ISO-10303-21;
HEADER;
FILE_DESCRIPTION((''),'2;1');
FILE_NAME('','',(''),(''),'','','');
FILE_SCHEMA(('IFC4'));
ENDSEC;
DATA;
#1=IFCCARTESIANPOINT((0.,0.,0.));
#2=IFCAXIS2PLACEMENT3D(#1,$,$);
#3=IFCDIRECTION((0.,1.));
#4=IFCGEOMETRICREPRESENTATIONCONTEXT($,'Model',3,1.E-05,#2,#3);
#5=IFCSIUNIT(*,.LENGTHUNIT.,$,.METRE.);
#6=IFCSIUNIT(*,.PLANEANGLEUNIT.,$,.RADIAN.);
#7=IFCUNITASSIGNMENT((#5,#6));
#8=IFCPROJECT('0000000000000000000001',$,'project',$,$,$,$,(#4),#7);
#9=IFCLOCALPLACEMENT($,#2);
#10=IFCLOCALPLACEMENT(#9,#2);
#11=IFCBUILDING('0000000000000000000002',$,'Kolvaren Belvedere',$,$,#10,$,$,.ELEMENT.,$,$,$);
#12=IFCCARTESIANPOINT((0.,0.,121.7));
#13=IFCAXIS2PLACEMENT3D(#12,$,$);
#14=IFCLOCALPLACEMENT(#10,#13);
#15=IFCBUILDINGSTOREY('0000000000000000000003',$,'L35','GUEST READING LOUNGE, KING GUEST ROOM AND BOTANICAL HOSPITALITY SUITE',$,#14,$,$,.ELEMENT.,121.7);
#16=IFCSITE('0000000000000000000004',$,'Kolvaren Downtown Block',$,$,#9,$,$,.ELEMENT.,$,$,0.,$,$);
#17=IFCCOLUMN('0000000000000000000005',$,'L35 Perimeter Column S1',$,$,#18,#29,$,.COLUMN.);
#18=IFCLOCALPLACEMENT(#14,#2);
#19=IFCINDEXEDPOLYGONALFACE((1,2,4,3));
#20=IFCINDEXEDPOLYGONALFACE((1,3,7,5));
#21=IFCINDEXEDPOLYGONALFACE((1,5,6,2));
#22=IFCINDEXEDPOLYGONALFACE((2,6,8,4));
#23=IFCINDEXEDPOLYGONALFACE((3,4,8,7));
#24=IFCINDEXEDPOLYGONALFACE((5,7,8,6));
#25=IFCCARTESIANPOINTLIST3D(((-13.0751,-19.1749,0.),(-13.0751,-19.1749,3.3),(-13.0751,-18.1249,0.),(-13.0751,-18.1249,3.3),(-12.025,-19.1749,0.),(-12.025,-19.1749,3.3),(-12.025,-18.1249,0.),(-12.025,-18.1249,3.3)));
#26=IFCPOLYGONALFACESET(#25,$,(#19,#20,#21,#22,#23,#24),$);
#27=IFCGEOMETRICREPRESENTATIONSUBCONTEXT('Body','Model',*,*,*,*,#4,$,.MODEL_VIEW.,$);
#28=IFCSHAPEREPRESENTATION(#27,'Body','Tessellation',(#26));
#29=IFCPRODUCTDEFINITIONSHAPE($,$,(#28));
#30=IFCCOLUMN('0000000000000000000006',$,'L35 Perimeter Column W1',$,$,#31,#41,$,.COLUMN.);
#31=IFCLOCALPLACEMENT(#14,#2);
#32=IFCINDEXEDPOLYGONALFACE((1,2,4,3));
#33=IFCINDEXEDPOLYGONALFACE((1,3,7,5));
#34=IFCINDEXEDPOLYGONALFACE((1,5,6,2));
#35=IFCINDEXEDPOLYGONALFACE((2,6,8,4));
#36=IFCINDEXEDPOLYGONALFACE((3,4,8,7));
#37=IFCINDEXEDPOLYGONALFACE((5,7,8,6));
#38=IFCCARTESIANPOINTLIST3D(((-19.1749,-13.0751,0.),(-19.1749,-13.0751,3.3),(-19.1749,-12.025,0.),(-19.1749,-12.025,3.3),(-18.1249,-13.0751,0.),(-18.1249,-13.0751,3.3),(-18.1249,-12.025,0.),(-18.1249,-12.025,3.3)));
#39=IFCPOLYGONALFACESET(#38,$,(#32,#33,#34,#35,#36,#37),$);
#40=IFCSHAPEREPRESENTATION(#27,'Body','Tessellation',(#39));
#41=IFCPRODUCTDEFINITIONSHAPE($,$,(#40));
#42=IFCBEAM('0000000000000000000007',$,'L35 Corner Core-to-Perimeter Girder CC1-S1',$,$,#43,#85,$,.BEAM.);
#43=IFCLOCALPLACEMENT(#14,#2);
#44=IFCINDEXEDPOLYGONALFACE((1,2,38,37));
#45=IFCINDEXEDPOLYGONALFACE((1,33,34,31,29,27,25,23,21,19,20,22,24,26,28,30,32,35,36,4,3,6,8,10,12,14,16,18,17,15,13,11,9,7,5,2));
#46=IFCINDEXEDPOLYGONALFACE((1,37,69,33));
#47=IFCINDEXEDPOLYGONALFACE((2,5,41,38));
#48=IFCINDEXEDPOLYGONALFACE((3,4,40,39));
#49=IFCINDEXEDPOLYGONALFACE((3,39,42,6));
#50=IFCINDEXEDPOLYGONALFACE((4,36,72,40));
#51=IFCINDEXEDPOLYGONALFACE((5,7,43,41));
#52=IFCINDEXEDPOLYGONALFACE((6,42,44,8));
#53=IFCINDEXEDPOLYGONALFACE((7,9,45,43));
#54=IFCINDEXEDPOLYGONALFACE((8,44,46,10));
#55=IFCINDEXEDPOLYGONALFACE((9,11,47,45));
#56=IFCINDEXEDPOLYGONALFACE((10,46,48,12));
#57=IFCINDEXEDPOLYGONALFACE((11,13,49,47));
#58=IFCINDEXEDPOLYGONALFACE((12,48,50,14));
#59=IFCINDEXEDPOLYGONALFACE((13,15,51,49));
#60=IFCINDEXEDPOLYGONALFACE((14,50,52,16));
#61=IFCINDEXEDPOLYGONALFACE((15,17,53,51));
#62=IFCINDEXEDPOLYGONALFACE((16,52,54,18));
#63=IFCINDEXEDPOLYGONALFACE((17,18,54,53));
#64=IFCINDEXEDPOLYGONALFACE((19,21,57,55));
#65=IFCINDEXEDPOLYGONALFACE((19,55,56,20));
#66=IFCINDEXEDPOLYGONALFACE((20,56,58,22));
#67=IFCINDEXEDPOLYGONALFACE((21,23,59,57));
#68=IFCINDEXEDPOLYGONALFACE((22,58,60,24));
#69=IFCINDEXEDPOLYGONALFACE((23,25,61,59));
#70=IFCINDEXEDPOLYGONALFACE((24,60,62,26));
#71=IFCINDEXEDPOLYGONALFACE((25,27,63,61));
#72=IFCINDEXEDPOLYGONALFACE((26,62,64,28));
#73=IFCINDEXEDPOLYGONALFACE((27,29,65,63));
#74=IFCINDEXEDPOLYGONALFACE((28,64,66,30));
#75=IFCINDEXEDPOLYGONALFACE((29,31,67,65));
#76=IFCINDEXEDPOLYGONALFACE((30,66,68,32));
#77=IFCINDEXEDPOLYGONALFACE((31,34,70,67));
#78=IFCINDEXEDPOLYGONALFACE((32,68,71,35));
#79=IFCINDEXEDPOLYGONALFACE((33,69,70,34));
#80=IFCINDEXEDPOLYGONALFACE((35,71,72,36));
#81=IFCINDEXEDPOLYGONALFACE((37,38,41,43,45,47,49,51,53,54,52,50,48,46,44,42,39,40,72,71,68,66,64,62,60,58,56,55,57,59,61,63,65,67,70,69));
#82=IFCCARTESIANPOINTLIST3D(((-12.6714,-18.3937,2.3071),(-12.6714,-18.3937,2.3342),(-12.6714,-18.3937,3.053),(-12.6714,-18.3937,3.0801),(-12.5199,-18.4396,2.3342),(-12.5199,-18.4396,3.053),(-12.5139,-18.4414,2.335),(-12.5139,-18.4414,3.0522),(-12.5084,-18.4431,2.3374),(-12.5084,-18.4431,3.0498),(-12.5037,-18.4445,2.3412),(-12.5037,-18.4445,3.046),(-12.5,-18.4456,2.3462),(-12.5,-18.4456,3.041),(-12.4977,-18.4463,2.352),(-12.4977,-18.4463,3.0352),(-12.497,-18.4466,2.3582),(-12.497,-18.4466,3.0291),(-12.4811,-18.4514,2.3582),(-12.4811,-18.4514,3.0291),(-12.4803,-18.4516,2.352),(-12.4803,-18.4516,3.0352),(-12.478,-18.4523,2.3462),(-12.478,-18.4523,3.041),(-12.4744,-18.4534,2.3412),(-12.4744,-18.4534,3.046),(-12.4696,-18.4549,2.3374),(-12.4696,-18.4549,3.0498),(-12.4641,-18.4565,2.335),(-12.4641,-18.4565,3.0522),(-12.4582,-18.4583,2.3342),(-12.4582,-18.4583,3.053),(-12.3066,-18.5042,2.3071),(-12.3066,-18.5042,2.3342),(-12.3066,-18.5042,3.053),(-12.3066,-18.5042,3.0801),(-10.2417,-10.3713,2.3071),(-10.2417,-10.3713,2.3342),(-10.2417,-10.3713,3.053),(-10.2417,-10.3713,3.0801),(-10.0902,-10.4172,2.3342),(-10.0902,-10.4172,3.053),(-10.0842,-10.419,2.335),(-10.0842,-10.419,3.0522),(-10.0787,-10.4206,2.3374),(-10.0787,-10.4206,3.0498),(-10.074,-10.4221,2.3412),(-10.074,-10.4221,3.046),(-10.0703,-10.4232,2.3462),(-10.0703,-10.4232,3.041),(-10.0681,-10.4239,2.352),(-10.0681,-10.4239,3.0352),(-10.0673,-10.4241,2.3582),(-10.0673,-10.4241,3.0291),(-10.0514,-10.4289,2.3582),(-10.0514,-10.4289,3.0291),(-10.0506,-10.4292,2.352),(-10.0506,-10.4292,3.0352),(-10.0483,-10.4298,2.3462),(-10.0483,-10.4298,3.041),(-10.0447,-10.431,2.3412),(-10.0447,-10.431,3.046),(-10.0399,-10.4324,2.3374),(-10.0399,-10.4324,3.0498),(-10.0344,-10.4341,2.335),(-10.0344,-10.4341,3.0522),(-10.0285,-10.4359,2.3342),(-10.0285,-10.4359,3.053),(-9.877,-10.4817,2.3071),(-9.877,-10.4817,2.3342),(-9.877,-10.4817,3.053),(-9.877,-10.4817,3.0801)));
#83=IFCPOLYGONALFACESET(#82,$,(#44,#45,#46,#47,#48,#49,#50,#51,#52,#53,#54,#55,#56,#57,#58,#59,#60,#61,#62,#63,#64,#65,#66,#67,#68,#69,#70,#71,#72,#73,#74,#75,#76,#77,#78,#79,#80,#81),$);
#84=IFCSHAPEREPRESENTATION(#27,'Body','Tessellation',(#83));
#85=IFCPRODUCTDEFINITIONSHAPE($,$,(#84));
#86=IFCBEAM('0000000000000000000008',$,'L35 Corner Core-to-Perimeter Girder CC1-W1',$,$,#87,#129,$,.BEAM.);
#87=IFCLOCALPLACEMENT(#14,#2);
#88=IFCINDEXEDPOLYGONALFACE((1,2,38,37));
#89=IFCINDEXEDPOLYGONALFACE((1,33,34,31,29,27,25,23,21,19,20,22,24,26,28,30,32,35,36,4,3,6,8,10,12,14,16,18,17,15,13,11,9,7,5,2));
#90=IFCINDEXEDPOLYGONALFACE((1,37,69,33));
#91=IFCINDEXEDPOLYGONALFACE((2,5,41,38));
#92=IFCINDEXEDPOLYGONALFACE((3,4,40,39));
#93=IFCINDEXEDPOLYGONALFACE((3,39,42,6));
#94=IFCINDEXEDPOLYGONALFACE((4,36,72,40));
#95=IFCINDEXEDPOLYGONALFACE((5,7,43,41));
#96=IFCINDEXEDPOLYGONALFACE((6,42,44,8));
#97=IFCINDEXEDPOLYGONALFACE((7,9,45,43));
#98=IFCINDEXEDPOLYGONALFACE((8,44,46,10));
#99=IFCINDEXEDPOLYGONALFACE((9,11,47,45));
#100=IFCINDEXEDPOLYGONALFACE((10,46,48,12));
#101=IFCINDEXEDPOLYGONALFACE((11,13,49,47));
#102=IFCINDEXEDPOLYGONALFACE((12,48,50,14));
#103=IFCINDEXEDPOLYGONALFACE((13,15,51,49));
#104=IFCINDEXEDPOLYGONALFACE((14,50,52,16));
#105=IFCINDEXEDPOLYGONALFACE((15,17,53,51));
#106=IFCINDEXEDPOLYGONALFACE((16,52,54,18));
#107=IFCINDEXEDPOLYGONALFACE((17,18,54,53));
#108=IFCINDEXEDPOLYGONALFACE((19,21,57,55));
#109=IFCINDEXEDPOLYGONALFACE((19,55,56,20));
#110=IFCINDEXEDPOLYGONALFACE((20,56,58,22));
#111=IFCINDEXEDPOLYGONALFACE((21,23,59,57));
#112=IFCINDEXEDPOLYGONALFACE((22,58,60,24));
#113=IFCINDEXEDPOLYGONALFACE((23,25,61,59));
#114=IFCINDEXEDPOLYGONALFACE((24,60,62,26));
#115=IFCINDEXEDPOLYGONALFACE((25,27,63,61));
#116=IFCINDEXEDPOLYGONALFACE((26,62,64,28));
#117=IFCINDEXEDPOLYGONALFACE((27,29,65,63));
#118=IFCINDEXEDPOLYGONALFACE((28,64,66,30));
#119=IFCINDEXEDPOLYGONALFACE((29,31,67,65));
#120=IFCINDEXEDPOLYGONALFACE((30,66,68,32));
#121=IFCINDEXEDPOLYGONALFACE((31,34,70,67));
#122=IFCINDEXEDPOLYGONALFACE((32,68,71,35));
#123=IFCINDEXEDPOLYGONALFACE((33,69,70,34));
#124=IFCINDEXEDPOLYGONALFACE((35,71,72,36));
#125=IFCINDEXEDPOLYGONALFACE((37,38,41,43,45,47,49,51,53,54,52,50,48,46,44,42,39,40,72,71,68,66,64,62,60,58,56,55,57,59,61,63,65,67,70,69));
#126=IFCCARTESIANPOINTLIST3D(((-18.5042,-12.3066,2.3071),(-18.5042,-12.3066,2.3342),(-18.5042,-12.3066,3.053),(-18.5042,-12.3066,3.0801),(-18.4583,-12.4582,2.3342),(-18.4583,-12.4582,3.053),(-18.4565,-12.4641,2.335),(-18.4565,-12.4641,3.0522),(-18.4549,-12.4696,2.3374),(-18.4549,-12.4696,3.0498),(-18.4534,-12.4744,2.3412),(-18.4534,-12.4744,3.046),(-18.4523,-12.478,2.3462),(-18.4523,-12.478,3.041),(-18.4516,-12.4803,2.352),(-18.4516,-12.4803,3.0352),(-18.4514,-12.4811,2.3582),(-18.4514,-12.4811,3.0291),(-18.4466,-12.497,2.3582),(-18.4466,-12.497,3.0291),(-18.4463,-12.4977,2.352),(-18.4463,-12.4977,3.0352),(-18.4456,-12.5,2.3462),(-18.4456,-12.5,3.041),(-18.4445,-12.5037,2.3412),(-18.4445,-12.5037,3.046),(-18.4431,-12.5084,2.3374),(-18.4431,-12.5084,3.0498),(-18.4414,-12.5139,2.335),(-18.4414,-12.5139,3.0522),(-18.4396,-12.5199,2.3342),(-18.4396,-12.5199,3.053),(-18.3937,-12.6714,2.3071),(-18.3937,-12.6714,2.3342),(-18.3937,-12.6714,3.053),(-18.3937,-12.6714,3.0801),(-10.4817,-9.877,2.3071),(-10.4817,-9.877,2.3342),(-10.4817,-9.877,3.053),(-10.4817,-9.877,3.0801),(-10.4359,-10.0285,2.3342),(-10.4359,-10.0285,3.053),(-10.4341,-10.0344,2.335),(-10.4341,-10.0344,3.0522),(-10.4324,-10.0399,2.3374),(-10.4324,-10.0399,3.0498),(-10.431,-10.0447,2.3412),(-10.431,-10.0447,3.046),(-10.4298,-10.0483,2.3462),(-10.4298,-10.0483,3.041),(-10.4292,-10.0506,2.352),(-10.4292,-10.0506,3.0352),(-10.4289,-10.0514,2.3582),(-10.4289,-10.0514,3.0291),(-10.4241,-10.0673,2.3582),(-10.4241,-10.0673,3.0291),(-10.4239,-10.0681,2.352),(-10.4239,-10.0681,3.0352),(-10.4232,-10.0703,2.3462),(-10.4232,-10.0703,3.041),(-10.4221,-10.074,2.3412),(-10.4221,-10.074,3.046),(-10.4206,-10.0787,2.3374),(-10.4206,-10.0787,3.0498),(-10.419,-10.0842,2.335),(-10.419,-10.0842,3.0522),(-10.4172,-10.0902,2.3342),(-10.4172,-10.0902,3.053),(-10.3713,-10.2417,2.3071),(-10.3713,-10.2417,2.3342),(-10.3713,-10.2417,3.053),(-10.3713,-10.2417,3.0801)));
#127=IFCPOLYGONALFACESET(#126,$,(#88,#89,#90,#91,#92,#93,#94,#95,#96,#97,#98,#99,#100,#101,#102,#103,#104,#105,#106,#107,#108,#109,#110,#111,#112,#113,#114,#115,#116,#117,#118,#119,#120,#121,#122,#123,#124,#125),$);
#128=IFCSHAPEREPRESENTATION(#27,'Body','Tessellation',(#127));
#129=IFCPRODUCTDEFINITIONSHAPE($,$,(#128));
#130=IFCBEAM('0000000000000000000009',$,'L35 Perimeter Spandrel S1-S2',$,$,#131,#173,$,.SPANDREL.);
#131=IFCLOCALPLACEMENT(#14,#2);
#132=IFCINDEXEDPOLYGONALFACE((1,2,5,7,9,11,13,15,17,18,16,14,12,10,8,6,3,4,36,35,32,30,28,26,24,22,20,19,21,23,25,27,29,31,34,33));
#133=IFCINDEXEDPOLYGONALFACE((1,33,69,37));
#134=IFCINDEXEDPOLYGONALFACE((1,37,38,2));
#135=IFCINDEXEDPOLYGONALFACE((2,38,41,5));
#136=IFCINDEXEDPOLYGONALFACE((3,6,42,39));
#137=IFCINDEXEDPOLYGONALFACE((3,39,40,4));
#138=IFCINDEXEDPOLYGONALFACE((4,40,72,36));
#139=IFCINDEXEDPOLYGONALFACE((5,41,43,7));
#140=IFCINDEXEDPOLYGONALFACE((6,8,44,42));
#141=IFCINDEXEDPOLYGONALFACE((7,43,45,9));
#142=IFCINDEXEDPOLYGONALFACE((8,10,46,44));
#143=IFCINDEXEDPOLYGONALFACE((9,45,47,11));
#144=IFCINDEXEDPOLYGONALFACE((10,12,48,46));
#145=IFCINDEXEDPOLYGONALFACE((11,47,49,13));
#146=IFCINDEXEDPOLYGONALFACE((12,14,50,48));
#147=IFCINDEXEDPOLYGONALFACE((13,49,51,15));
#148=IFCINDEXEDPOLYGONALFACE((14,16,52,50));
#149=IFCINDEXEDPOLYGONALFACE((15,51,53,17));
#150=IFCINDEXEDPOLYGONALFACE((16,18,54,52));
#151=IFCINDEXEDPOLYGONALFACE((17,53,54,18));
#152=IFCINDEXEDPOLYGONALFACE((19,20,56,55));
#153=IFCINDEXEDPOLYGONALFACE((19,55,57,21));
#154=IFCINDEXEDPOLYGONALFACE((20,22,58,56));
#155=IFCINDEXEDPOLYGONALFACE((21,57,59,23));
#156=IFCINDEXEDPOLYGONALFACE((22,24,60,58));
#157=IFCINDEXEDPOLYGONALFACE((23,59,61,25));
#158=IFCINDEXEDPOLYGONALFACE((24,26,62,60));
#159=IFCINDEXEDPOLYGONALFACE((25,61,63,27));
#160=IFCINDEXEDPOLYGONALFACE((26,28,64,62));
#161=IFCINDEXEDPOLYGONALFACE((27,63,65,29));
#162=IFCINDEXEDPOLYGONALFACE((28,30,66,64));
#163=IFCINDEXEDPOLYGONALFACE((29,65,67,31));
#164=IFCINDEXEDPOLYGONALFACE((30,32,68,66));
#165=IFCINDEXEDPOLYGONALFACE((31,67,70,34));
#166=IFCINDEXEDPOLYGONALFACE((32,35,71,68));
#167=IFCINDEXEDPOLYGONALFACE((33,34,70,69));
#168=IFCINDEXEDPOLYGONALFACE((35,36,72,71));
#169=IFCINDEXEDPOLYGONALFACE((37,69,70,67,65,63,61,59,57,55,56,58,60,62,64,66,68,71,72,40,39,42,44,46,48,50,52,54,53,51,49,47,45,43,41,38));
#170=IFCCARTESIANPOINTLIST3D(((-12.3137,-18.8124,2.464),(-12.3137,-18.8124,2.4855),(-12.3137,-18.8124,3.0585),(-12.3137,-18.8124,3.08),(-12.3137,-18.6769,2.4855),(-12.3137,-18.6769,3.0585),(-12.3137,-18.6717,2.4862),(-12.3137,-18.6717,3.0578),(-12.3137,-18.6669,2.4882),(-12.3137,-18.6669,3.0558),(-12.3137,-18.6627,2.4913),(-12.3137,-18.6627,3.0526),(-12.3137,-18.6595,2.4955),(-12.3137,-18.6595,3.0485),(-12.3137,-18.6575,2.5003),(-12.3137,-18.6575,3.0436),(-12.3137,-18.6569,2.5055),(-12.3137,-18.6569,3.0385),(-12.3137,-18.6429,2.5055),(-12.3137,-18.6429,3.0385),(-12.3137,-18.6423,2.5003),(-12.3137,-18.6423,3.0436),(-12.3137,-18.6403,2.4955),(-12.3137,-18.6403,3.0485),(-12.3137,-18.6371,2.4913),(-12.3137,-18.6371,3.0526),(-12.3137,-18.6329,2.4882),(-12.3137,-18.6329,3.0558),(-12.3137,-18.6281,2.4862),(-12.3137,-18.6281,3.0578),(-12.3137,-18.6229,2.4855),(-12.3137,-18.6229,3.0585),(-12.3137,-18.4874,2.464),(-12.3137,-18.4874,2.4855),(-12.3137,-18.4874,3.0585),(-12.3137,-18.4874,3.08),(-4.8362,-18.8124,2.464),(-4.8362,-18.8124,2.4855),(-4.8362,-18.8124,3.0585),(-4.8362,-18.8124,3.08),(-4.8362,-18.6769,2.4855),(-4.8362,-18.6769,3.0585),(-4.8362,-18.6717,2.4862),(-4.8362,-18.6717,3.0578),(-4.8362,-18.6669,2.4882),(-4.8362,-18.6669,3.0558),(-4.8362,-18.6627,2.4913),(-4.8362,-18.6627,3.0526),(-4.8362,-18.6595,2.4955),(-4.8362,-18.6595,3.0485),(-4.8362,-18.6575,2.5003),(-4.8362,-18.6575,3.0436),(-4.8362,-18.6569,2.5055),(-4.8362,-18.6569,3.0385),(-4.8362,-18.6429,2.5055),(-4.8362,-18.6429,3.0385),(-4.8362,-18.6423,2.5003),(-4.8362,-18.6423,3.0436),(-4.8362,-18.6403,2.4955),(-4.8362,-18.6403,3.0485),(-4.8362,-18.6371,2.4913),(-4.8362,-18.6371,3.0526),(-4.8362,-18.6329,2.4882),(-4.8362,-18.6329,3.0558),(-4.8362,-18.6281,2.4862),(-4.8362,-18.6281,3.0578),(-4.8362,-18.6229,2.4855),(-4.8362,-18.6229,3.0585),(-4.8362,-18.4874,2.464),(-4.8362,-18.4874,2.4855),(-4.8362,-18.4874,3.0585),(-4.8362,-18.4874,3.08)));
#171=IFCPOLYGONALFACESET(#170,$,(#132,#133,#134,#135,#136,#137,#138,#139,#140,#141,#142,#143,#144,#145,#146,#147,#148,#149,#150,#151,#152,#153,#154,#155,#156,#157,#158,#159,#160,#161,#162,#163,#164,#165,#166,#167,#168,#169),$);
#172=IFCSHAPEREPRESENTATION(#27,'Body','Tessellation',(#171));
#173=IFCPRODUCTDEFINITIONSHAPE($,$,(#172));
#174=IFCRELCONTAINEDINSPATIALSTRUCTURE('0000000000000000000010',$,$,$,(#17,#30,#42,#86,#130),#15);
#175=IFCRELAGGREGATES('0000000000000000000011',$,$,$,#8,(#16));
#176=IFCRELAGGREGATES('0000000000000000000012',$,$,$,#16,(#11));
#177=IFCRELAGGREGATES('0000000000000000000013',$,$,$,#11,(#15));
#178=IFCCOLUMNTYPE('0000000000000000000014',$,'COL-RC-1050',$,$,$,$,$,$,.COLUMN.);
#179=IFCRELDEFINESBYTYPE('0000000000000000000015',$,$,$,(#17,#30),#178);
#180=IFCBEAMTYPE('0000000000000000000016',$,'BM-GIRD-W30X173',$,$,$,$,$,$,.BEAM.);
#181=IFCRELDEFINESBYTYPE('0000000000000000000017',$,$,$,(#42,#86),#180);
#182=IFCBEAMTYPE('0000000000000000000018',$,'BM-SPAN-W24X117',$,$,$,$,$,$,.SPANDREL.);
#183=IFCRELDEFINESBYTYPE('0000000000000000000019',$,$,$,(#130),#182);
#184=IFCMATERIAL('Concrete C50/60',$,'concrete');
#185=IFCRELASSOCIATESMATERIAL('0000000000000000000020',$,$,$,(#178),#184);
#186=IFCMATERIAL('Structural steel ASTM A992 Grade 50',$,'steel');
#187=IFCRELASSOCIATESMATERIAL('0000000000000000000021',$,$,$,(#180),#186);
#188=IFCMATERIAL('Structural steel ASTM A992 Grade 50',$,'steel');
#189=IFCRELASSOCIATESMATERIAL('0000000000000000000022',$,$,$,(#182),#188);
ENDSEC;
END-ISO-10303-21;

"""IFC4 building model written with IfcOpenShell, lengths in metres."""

from ifc_helpers import new_model, si_unit, direction, frame, origin, origin_2d, place, context, subcontext, project, spatial, rectangle, i_section, extrude, material, material_profile, profile_set, type_object, element, save


model = new_model("IFC4")

# Units and contexts
model_context = context("Model", 3, precision=1e-05, world=origin(), true_north=direction((0.0, 1.0)))
body_context = subcontext(model_context, "Body", "Model", "MODEL_VIEW")
ifc_project = project(units=[si_unit("LENGTHUNIT", "METRE"), si_unit("PLANEANGLEUNIT", "RADIAN")], contexts=[model_context])

# Site, building, storey
site_placement = place(None, origin())
site = spatial("IfcSite", under=ifc_project, at=site_placement, Name="Kolvaren Downtown Block", CompositionType="ELEMENT", RefElevation=0.0)
building_placement = place(site_placement, origin())
building = spatial("IfcBuilding", under=site, at=building_placement, Name="Kolvaren Belvedere", CompositionType="ELEMENT")
storey_placement = place(building_placement, frame((0.0, 0.0, 121.7)))
storey = spatial("IfcBuildingStorey", under=building, at=storey_placement, Name="L35", Description="GUEST READING LOUNGE, KING GUEST ROOM AND BOTANICAL HOSPITALITY SUITE", CompositionType="ELEMENT", Elevation=121.7)

# Columns
ifc_material_1 = material(Name="Concrete C50/60", Category="concrete")
ifc_material_profile_1 = material_profile(ifc_material_1, rectangle(XDim=1.05, YDim=1.05, at=origin_2d()), Name="RC 1050X1050")
ifc_profile_set_1 = profile_set([ifc_material_profile_1], Name="Concrete C50/60")
column_type = type_object("IfcColumnType", Name="COL-RC-1050", PredefinedType="COLUMN", material=ifc_profile_set_1)
for number, where, z_axis, x_axis, name in (
    (1, (-12.55, -18.6499, 0.0), (0.0, 0.0, 1.0), (1.0, 0.0, 0.0), "L35 Perimeter Column S1"),
    (2, (-18.6499, -12.55, 0.0), (0.0, 0.0, 1.0), (1.0, 0.0, 0.0), "L35 Perimeter Column W1"),
):
    element("IfcColumn", number, at=place(storey_placement, frame(where, z_axis=z_axis, x_axis=x_axis)), inside=storey, type_object=column_type, Name=name, PredefinedType="COLUMN", context=body_context, shape_type="SweptSolid", body=[
        extrude(rectangle(XDim=1.05, YDim=1.05, at=origin_2d()), origin(), (0.0, 0.0, 1.0), 3.3),
    ])

# Beams
ifc_material_2 = material(Name="Structural steel ASTM A992 Grade 50", Category="steel")
ifc_material_profile_2 = material_profile(ifc_material_2, i_section(OverallWidth=0.3811, OverallDepth=0.7729, WebThickness=0.0166, FlangeThickness=0.0271, FilletRadius=0.0239, at=origin_2d()), Name="W30X173")
ifc_profile_set_2 = profile_set([ifc_material_profile_2], Name="Structural steel ASTM A992 Grade 50")
beam_type_1 = type_object("IfcBeamType", Name="BM-GIRD-W30X173", PredefinedType="BEAM", material=ifc_profile_set_2)
for number, where, z_axis, x_axis, name in (
    (3, (-10.0593, -10.4265, 2.6936), (-0.289859, -0.957069, 0.0), (0.957069, -0.289859, 0.0), "L35 Corner Core-to-Perimeter Girder CC1-S1"),
    (4, (-10.4265, -10.0593, 2.6936), (-0.957069, -0.289859, 0.0), (0.289859, -0.957069, 0.0), "L35 Corner Core-to-Perimeter Girder CC1-W1"),
):
    element("IfcBeam", number, at=place(storey_placement, frame(where, z_axis=z_axis, x_axis=x_axis)), inside=storey, type_object=beam_type_1, Name=name, PredefinedType="BEAM", context=body_context, shape_type="SweptSolid", body=[
        extrude(i_section(OverallWidth=0.3811, OverallDepth=0.7729, WebThickness=0.0166, FlangeThickness=0.0271, FilletRadius=0.0239, at=origin_2d()), origin(), (0.0, 0.0, 1.0), 8.3823),
    ])
ifc_material_3 = material(Name="Structural steel ASTM A992 Grade 50", Category="steel")
ifc_material_profile_3 = material_profile(ifc_material_3, i_section(OverallWidth=0.325, OverallDepth=0.616, WebThickness=0.0139, FlangeThickness=0.0215, FilletRadius=0.02, at=origin_2d()), Name="W24X117")
ifc_profile_set_3 = profile_set([ifc_material_profile_3], Name="Structural steel ASTM A992 Grade 50")
beam_type_2 = type_object("IfcBeamType", Name="BM-SPAN-W24X117", PredefinedType="SPANDREL", material=ifc_profile_set_3)
beam_1_placement = place(storey_placement, frame((-12.3137, -18.6499, 2.772), z_axis=(1.0, 0.0, 0.0), x_axis=(0.0, 1.0, 0.0)))
element("IfcBeam", 5, at=beam_1_placement, inside=storey, type_object=beam_type_2, Name="L35 Perimeter Spandrel S1-S2", PredefinedType="SPANDREL", context=body_context, shape_type="SweptSolid", body=[
    extrude(i_section(OverallWidth=0.325, OverallDepth=0.616, WebThickness=0.0139, FlangeThickness=0.0215, FilletRadius=0.02, at=origin_2d()), origin(), (0.0, 0.0, 1.0), 7.4775),
])

save(model, "model.ifc")
